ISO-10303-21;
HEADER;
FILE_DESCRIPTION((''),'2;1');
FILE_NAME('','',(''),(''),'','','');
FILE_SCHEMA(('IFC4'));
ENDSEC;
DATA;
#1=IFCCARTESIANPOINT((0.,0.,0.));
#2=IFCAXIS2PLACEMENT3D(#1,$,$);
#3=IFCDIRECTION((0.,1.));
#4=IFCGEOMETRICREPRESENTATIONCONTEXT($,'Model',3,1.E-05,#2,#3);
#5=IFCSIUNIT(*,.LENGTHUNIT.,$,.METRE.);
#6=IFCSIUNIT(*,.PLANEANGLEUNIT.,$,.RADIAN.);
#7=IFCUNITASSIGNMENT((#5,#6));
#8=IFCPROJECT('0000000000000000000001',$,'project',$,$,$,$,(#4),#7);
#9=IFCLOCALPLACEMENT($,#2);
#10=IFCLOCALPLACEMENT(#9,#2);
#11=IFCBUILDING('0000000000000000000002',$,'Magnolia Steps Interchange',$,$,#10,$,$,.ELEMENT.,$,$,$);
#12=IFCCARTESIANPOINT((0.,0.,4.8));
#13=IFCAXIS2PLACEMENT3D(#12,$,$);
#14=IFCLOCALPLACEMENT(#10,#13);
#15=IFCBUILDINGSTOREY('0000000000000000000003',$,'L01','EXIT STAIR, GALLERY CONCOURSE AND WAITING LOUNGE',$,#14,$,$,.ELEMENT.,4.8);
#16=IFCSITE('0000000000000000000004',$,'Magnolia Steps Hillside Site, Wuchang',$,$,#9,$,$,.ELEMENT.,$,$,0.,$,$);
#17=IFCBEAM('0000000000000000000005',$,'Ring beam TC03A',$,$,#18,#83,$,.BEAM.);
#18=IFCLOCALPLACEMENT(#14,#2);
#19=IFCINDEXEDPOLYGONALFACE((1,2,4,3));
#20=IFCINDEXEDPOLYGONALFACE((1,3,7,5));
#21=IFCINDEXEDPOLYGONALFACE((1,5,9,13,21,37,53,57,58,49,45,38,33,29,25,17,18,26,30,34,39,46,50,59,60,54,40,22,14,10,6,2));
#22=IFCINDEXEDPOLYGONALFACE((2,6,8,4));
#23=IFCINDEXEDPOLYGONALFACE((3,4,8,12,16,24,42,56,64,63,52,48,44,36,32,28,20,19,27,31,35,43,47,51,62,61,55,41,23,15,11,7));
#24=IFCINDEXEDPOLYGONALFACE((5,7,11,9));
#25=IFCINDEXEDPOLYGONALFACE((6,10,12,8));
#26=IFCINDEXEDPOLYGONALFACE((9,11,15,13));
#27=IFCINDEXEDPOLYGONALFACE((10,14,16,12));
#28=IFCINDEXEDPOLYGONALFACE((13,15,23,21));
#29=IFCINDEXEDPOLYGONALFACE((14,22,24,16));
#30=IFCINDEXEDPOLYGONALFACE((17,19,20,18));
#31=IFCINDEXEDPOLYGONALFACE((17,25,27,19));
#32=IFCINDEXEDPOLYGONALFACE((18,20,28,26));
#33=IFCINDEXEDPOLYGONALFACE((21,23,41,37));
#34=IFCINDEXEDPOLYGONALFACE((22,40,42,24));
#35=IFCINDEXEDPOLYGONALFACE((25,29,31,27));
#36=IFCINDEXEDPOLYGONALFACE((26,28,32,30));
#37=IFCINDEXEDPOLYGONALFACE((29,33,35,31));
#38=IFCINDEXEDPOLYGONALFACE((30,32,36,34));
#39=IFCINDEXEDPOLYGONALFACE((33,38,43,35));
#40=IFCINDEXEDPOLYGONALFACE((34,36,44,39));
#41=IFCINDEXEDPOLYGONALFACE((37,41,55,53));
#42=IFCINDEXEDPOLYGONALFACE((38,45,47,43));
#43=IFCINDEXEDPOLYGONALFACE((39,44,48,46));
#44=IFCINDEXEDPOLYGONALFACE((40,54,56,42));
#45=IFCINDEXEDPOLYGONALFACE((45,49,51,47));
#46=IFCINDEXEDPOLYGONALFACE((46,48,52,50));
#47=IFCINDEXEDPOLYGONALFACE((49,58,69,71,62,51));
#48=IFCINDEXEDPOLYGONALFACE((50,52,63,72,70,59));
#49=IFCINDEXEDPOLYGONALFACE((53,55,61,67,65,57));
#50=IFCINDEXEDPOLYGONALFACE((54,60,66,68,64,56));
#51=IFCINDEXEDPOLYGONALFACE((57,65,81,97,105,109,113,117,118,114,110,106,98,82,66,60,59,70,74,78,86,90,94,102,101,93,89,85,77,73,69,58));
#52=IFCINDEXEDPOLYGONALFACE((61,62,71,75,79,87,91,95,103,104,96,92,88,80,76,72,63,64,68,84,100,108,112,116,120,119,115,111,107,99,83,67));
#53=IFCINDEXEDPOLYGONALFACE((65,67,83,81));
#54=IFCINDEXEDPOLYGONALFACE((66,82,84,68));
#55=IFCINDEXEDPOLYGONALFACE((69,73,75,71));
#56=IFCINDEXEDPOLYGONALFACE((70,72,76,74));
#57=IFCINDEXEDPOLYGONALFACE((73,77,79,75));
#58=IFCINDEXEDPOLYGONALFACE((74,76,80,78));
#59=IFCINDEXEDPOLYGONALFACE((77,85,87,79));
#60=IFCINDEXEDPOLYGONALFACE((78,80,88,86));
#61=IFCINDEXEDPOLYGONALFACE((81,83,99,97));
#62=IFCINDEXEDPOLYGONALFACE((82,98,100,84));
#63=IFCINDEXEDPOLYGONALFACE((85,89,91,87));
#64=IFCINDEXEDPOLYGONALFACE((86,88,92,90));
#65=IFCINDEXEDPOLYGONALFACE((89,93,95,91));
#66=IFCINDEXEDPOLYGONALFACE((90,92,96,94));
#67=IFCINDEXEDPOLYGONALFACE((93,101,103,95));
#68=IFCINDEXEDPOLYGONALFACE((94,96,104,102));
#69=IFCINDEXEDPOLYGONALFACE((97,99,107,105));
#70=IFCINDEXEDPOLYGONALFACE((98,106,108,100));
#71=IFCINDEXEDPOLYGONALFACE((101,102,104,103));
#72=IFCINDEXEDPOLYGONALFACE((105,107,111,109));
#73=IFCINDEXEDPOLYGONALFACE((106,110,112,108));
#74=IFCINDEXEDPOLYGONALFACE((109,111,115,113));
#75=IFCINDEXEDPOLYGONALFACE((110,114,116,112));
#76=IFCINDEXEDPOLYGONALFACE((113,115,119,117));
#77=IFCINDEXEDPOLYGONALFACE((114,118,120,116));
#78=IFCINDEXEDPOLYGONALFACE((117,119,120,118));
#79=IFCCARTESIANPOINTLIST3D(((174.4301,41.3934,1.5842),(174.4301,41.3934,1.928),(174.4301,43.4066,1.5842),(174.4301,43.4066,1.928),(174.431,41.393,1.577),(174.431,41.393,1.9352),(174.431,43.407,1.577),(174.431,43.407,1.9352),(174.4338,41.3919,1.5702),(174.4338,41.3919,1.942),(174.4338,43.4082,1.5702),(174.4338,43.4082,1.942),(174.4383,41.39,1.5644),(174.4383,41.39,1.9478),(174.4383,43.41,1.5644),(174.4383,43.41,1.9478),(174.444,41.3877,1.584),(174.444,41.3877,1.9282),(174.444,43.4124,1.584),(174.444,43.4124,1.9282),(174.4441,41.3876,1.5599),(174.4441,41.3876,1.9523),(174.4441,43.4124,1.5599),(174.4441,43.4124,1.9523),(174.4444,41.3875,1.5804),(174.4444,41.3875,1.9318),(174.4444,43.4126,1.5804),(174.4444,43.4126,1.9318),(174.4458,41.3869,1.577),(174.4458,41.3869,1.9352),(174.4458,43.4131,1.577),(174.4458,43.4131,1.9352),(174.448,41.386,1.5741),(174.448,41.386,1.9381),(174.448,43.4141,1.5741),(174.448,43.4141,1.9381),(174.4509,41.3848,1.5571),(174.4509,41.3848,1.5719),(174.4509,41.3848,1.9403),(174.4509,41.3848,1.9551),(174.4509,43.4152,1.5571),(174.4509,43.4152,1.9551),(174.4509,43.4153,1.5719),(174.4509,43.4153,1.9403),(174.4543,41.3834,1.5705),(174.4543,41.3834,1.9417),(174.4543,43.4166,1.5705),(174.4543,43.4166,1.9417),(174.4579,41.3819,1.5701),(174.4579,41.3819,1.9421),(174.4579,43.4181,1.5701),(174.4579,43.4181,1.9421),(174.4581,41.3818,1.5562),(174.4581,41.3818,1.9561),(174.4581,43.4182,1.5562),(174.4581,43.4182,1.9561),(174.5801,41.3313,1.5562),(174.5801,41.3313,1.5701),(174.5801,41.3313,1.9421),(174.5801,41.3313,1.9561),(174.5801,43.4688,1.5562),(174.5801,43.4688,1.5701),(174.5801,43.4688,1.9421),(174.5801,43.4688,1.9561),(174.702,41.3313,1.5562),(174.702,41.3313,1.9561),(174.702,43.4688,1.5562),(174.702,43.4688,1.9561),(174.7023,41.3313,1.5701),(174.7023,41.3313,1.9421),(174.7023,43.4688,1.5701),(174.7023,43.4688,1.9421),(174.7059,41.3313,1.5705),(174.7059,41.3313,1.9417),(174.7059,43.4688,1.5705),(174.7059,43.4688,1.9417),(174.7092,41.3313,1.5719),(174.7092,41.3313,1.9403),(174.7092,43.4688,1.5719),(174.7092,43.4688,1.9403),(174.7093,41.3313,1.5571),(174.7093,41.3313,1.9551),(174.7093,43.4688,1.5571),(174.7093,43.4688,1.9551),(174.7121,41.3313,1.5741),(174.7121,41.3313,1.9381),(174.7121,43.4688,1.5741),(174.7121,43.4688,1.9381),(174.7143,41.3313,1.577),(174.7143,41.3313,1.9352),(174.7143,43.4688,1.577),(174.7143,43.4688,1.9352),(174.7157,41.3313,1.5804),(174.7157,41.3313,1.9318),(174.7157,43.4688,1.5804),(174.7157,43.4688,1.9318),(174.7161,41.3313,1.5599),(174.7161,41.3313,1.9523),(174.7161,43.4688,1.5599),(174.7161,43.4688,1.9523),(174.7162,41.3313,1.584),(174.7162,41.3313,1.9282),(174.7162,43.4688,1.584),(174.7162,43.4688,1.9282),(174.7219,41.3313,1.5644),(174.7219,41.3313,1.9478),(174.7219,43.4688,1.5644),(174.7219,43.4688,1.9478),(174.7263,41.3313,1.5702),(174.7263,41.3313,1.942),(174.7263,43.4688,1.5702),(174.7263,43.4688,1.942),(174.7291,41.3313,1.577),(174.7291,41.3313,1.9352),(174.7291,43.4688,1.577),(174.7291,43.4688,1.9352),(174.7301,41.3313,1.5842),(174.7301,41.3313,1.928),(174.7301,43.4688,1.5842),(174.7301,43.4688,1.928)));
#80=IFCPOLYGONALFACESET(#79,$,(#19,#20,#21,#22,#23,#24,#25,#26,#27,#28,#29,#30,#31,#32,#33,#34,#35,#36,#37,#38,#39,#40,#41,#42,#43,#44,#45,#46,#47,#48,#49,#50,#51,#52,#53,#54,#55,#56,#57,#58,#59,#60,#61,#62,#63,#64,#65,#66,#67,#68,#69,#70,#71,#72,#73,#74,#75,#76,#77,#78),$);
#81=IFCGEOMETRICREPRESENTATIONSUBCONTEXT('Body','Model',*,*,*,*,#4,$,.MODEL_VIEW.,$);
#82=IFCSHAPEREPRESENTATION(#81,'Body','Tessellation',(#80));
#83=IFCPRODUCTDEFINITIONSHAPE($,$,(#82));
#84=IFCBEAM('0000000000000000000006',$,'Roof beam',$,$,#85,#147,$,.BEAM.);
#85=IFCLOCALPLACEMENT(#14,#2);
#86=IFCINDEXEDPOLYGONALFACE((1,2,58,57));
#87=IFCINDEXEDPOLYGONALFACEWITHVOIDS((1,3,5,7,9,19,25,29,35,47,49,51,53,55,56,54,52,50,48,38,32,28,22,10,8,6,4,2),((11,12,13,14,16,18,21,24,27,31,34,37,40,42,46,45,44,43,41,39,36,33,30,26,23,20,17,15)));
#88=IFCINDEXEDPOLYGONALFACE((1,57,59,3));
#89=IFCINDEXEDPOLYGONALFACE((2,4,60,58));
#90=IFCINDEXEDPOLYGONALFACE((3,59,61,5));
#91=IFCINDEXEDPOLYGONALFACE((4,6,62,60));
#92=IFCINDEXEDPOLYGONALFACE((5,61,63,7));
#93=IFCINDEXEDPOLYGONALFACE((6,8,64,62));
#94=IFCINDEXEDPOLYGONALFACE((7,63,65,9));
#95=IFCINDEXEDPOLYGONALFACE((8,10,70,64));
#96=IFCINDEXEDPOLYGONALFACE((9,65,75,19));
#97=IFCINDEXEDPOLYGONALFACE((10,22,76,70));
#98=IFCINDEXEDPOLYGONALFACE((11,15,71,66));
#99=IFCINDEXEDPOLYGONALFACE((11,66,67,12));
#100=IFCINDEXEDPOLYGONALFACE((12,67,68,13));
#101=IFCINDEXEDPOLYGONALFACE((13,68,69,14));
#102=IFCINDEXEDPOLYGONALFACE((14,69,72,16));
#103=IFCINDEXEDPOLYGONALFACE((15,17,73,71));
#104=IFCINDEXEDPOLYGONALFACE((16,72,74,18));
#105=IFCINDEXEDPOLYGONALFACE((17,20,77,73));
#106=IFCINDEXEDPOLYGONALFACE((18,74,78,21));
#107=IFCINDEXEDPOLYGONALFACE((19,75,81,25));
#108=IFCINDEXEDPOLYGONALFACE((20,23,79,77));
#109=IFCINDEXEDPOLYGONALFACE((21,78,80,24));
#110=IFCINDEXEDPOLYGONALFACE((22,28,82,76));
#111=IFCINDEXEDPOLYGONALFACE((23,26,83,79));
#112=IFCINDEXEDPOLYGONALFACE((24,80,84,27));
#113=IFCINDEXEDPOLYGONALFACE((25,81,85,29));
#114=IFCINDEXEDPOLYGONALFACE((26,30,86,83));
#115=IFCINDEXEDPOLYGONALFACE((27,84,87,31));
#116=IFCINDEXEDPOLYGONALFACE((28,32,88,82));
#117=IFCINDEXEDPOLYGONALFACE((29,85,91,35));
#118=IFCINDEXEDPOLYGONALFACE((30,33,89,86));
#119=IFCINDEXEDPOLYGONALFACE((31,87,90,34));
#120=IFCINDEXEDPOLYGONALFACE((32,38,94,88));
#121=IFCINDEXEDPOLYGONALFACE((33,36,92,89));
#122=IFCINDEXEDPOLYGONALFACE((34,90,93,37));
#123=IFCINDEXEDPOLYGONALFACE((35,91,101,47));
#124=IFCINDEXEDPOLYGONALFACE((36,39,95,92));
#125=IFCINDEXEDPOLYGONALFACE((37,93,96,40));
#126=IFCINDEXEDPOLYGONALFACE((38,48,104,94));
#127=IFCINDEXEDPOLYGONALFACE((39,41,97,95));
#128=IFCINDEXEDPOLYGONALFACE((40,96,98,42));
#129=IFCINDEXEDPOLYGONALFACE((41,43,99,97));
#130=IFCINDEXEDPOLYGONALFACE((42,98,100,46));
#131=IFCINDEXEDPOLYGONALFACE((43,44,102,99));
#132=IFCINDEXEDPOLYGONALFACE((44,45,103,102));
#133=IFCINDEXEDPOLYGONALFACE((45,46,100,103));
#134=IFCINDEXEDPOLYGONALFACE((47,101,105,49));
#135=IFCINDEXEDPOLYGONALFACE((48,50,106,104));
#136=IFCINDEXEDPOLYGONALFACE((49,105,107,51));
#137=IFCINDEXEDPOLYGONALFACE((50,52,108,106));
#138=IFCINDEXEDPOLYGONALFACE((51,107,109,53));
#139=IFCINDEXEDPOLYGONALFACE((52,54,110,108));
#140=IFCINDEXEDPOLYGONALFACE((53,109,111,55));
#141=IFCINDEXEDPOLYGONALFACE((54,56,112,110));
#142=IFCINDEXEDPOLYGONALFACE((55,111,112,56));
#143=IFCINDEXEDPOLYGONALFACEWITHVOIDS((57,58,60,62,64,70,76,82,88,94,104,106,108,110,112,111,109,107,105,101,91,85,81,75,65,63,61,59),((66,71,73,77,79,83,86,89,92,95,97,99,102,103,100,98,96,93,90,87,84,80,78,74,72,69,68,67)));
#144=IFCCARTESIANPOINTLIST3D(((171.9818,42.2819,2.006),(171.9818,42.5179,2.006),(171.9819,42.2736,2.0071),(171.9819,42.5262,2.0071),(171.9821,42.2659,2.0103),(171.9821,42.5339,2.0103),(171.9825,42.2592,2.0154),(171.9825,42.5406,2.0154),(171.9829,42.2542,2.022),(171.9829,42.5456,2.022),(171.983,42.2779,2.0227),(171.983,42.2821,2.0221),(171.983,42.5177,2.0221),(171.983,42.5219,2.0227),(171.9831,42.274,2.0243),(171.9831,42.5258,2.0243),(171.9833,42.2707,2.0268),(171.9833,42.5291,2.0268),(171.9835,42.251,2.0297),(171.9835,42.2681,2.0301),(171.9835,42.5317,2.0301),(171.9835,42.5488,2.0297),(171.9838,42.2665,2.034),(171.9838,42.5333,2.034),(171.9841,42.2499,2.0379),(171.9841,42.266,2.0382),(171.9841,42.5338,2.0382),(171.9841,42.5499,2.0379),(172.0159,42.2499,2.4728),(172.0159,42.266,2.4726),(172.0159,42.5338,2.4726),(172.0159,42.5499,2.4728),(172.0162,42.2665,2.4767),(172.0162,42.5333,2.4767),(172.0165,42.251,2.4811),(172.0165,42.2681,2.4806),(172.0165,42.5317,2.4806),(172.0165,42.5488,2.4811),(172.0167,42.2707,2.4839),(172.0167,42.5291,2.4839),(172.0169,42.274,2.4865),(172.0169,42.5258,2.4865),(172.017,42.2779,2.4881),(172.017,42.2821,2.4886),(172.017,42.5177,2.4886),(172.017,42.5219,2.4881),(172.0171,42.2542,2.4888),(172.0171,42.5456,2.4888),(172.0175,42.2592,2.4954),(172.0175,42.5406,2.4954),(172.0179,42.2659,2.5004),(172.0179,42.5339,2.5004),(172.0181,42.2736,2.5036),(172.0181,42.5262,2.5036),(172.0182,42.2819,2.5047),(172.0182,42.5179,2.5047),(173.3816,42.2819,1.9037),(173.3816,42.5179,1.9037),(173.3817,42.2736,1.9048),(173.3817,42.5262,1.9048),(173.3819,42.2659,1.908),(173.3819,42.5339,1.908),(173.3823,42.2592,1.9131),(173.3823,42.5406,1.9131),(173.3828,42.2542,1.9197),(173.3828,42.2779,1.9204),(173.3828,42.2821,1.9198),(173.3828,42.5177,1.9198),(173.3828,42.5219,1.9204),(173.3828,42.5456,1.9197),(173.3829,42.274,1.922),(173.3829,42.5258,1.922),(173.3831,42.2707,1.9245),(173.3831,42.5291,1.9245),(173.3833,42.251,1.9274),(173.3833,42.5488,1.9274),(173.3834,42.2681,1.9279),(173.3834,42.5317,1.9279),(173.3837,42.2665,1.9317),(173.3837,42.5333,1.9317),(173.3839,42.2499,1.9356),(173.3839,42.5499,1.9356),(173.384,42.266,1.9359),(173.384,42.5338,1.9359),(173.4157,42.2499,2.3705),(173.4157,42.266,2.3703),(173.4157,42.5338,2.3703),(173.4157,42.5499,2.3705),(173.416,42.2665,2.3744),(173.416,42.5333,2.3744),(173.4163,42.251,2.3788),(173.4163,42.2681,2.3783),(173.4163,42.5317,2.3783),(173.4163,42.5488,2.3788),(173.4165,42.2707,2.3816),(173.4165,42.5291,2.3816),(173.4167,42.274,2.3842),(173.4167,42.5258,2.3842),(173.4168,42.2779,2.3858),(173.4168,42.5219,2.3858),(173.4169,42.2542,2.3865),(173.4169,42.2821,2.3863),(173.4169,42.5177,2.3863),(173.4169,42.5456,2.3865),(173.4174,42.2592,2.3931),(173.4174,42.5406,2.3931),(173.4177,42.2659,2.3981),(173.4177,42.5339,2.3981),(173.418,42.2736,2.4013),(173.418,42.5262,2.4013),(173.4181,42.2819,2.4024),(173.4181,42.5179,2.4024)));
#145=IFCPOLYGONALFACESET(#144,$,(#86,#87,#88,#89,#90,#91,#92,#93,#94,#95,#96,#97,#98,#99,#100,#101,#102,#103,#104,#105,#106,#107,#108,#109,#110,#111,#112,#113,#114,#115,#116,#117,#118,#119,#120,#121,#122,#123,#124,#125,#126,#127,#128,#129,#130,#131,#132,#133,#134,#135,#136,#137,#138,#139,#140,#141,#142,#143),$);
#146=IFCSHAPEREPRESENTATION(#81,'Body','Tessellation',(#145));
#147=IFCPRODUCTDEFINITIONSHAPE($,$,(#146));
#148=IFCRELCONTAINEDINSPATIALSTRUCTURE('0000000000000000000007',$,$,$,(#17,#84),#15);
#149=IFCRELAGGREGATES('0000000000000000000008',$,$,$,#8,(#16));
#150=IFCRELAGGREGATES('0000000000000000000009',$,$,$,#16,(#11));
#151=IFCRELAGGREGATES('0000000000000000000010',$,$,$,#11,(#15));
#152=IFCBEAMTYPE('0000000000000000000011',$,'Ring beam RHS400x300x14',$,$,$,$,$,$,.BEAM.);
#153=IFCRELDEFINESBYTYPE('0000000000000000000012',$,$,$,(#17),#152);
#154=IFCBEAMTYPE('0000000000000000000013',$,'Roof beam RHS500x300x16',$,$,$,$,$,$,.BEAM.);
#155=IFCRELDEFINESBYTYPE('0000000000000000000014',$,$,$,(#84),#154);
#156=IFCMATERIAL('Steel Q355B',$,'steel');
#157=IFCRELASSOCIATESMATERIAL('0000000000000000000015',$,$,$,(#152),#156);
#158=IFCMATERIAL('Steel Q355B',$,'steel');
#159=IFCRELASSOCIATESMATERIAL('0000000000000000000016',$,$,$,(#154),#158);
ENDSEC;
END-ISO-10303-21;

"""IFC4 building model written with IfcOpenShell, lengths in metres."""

from ifc_helpers import new_model, si_unit, direction, frame, origin, origin_2d, place, context, subcontext, project, spatial, hollow_rectangle, extrude, clip, halfspace, material, material_profile, profile_set, type_object, element, save


model = new_model("IFC4")

# Units and contexts
model_context = context("Model", 3, precision=1e-05, world=origin(), true_north=direction((0.0, 1.0)))
body_context = subcontext(model_context, "Body", "Model", "MODEL_VIEW")
ifc_project = project(units=[si_unit("LENGTHUNIT", "METRE"), si_unit("PLANEANGLEUNIT", "RADIAN")], contexts=[model_context])

# Site, building, storey
site_placement = place(None, origin())
site = spatial("IfcSite", under=ifc_project, at=site_placement, Name="Magnolia Steps Hillside Site, Wuchang", CompositionType="ELEMENT", RefElevation=0.0)
building_placement = place(site_placement, origin())
building = spatial("IfcBuilding", under=site, at=building_placement, Name="Magnolia Steps Interchange", CompositionType="ELEMENT")
storey_placement = place(building_placement, frame((0.0, 0.0, 4.8)))
storey = spatial("IfcBuildingStorey", under=building, at=storey_placement, Name="L01", Description="EXIT STAIR, GALLERY CONCOURSE AND WAITING LOUNGE", CompositionType="ELEMENT", Elevation=4.8)

# Beams
ifc_material_1 = material(Name="Steel Q355B", Category="steel")
ifc_material_profile_1 = material_profile(ifc_material_1, hollow_rectangle(XDim=0.3, YDim=0.3999, WallThickness=0.0139, InnerFilletRadius=0.0139, OuterFilletRadius=0.0281, at=origin_2d()), Name="RHS400x300x14")
ifc_profile_set_1 = profile_set([ifc_material_profile_1], Name="Steel Q355B")
beam_type_1 = type_object("IfcBeamType", Name="Ring beam RHS400x300x14", PredefinedType="BEAM", material=ifc_profile_set_1)
beam_1_placement = place(storey_placement, frame((174.5801, 41.3313, 1.7561), z_axis=(0.0, 1.0, 0.0), x_axis=(-1.0, 0.0, 0.0)))
element("IfcBeam", 1, at=beam_1_placement, inside=storey, type_object=beam_type_1, Name="Ring beam TC03A", PredefinedType="BEAM", context=body_context, shape_type="Clipping", body=[
    clip(clip(extrude(hollow_rectangle(XDim=0.3, YDim=0.3999, WallThickness=0.0139, InnerFilletRadius=0.0139, OuterFilletRadius=0.0281, at=origin_2d()), origin(), (0.0, 0.0, 1.0), 2.1375), halfspace(frame((0.0, 0.0, 0.0), z_axis=(0.382683, 0.0, -0.92388), x_axis=(0.92388, 0.0, 0.382683)), False)), halfspace(frame((0.0, 0.0, 2.1375), z_axis=(0.382683, 0.0, 0.92388), x_axis=(0.92388, 0.0, -0.382683)), False)),
])
ifc_material_2 = material(Name="Steel Q355B", Category="steel")
ifc_material_profile_2 = material_profile(ifc_material_2, hollow_rectangle(XDim=0.3, YDim=0.5, WallThickness=0.0161, InnerFilletRadius=0.0161, OuterFilletRadius=0.032, at=origin_2d()), Name="RHS500x300x16")
ifc_profile_set_2 = profile_set([ifc_material_profile_2], Name="Steel Q355B")
beam_type_2 = type_object("IfcBeamType", Name="Roof beam RHS500x300x16", PredefinedType="BEAM", material=ifc_profile_set_2)
beam_2_placement = place(storey_placement, frame((172.0, 42.3999, 2.2554), z_axis=(0.997341, 0.0, -0.072879), x_axis=(0.0, 1.0, 0.0)))
element("IfcBeam", 2, at=beam_2_placement, inside=storey, type_object=beam_type_2, Name="Roof beam", PredefinedType="BEAM", context=body_context, shape_type="SweptSolid", body=[
    extrude(hollow_rectangle(XDim=0.3, YDim=0.5, WallThickness=0.0161, InnerFilletRadius=0.0161, OuterFilletRadius=0.032, at=origin_2d()), origin(), (0.0, 0.0, 1.0), 1.4036),
])

save(model, "model.ifc")
